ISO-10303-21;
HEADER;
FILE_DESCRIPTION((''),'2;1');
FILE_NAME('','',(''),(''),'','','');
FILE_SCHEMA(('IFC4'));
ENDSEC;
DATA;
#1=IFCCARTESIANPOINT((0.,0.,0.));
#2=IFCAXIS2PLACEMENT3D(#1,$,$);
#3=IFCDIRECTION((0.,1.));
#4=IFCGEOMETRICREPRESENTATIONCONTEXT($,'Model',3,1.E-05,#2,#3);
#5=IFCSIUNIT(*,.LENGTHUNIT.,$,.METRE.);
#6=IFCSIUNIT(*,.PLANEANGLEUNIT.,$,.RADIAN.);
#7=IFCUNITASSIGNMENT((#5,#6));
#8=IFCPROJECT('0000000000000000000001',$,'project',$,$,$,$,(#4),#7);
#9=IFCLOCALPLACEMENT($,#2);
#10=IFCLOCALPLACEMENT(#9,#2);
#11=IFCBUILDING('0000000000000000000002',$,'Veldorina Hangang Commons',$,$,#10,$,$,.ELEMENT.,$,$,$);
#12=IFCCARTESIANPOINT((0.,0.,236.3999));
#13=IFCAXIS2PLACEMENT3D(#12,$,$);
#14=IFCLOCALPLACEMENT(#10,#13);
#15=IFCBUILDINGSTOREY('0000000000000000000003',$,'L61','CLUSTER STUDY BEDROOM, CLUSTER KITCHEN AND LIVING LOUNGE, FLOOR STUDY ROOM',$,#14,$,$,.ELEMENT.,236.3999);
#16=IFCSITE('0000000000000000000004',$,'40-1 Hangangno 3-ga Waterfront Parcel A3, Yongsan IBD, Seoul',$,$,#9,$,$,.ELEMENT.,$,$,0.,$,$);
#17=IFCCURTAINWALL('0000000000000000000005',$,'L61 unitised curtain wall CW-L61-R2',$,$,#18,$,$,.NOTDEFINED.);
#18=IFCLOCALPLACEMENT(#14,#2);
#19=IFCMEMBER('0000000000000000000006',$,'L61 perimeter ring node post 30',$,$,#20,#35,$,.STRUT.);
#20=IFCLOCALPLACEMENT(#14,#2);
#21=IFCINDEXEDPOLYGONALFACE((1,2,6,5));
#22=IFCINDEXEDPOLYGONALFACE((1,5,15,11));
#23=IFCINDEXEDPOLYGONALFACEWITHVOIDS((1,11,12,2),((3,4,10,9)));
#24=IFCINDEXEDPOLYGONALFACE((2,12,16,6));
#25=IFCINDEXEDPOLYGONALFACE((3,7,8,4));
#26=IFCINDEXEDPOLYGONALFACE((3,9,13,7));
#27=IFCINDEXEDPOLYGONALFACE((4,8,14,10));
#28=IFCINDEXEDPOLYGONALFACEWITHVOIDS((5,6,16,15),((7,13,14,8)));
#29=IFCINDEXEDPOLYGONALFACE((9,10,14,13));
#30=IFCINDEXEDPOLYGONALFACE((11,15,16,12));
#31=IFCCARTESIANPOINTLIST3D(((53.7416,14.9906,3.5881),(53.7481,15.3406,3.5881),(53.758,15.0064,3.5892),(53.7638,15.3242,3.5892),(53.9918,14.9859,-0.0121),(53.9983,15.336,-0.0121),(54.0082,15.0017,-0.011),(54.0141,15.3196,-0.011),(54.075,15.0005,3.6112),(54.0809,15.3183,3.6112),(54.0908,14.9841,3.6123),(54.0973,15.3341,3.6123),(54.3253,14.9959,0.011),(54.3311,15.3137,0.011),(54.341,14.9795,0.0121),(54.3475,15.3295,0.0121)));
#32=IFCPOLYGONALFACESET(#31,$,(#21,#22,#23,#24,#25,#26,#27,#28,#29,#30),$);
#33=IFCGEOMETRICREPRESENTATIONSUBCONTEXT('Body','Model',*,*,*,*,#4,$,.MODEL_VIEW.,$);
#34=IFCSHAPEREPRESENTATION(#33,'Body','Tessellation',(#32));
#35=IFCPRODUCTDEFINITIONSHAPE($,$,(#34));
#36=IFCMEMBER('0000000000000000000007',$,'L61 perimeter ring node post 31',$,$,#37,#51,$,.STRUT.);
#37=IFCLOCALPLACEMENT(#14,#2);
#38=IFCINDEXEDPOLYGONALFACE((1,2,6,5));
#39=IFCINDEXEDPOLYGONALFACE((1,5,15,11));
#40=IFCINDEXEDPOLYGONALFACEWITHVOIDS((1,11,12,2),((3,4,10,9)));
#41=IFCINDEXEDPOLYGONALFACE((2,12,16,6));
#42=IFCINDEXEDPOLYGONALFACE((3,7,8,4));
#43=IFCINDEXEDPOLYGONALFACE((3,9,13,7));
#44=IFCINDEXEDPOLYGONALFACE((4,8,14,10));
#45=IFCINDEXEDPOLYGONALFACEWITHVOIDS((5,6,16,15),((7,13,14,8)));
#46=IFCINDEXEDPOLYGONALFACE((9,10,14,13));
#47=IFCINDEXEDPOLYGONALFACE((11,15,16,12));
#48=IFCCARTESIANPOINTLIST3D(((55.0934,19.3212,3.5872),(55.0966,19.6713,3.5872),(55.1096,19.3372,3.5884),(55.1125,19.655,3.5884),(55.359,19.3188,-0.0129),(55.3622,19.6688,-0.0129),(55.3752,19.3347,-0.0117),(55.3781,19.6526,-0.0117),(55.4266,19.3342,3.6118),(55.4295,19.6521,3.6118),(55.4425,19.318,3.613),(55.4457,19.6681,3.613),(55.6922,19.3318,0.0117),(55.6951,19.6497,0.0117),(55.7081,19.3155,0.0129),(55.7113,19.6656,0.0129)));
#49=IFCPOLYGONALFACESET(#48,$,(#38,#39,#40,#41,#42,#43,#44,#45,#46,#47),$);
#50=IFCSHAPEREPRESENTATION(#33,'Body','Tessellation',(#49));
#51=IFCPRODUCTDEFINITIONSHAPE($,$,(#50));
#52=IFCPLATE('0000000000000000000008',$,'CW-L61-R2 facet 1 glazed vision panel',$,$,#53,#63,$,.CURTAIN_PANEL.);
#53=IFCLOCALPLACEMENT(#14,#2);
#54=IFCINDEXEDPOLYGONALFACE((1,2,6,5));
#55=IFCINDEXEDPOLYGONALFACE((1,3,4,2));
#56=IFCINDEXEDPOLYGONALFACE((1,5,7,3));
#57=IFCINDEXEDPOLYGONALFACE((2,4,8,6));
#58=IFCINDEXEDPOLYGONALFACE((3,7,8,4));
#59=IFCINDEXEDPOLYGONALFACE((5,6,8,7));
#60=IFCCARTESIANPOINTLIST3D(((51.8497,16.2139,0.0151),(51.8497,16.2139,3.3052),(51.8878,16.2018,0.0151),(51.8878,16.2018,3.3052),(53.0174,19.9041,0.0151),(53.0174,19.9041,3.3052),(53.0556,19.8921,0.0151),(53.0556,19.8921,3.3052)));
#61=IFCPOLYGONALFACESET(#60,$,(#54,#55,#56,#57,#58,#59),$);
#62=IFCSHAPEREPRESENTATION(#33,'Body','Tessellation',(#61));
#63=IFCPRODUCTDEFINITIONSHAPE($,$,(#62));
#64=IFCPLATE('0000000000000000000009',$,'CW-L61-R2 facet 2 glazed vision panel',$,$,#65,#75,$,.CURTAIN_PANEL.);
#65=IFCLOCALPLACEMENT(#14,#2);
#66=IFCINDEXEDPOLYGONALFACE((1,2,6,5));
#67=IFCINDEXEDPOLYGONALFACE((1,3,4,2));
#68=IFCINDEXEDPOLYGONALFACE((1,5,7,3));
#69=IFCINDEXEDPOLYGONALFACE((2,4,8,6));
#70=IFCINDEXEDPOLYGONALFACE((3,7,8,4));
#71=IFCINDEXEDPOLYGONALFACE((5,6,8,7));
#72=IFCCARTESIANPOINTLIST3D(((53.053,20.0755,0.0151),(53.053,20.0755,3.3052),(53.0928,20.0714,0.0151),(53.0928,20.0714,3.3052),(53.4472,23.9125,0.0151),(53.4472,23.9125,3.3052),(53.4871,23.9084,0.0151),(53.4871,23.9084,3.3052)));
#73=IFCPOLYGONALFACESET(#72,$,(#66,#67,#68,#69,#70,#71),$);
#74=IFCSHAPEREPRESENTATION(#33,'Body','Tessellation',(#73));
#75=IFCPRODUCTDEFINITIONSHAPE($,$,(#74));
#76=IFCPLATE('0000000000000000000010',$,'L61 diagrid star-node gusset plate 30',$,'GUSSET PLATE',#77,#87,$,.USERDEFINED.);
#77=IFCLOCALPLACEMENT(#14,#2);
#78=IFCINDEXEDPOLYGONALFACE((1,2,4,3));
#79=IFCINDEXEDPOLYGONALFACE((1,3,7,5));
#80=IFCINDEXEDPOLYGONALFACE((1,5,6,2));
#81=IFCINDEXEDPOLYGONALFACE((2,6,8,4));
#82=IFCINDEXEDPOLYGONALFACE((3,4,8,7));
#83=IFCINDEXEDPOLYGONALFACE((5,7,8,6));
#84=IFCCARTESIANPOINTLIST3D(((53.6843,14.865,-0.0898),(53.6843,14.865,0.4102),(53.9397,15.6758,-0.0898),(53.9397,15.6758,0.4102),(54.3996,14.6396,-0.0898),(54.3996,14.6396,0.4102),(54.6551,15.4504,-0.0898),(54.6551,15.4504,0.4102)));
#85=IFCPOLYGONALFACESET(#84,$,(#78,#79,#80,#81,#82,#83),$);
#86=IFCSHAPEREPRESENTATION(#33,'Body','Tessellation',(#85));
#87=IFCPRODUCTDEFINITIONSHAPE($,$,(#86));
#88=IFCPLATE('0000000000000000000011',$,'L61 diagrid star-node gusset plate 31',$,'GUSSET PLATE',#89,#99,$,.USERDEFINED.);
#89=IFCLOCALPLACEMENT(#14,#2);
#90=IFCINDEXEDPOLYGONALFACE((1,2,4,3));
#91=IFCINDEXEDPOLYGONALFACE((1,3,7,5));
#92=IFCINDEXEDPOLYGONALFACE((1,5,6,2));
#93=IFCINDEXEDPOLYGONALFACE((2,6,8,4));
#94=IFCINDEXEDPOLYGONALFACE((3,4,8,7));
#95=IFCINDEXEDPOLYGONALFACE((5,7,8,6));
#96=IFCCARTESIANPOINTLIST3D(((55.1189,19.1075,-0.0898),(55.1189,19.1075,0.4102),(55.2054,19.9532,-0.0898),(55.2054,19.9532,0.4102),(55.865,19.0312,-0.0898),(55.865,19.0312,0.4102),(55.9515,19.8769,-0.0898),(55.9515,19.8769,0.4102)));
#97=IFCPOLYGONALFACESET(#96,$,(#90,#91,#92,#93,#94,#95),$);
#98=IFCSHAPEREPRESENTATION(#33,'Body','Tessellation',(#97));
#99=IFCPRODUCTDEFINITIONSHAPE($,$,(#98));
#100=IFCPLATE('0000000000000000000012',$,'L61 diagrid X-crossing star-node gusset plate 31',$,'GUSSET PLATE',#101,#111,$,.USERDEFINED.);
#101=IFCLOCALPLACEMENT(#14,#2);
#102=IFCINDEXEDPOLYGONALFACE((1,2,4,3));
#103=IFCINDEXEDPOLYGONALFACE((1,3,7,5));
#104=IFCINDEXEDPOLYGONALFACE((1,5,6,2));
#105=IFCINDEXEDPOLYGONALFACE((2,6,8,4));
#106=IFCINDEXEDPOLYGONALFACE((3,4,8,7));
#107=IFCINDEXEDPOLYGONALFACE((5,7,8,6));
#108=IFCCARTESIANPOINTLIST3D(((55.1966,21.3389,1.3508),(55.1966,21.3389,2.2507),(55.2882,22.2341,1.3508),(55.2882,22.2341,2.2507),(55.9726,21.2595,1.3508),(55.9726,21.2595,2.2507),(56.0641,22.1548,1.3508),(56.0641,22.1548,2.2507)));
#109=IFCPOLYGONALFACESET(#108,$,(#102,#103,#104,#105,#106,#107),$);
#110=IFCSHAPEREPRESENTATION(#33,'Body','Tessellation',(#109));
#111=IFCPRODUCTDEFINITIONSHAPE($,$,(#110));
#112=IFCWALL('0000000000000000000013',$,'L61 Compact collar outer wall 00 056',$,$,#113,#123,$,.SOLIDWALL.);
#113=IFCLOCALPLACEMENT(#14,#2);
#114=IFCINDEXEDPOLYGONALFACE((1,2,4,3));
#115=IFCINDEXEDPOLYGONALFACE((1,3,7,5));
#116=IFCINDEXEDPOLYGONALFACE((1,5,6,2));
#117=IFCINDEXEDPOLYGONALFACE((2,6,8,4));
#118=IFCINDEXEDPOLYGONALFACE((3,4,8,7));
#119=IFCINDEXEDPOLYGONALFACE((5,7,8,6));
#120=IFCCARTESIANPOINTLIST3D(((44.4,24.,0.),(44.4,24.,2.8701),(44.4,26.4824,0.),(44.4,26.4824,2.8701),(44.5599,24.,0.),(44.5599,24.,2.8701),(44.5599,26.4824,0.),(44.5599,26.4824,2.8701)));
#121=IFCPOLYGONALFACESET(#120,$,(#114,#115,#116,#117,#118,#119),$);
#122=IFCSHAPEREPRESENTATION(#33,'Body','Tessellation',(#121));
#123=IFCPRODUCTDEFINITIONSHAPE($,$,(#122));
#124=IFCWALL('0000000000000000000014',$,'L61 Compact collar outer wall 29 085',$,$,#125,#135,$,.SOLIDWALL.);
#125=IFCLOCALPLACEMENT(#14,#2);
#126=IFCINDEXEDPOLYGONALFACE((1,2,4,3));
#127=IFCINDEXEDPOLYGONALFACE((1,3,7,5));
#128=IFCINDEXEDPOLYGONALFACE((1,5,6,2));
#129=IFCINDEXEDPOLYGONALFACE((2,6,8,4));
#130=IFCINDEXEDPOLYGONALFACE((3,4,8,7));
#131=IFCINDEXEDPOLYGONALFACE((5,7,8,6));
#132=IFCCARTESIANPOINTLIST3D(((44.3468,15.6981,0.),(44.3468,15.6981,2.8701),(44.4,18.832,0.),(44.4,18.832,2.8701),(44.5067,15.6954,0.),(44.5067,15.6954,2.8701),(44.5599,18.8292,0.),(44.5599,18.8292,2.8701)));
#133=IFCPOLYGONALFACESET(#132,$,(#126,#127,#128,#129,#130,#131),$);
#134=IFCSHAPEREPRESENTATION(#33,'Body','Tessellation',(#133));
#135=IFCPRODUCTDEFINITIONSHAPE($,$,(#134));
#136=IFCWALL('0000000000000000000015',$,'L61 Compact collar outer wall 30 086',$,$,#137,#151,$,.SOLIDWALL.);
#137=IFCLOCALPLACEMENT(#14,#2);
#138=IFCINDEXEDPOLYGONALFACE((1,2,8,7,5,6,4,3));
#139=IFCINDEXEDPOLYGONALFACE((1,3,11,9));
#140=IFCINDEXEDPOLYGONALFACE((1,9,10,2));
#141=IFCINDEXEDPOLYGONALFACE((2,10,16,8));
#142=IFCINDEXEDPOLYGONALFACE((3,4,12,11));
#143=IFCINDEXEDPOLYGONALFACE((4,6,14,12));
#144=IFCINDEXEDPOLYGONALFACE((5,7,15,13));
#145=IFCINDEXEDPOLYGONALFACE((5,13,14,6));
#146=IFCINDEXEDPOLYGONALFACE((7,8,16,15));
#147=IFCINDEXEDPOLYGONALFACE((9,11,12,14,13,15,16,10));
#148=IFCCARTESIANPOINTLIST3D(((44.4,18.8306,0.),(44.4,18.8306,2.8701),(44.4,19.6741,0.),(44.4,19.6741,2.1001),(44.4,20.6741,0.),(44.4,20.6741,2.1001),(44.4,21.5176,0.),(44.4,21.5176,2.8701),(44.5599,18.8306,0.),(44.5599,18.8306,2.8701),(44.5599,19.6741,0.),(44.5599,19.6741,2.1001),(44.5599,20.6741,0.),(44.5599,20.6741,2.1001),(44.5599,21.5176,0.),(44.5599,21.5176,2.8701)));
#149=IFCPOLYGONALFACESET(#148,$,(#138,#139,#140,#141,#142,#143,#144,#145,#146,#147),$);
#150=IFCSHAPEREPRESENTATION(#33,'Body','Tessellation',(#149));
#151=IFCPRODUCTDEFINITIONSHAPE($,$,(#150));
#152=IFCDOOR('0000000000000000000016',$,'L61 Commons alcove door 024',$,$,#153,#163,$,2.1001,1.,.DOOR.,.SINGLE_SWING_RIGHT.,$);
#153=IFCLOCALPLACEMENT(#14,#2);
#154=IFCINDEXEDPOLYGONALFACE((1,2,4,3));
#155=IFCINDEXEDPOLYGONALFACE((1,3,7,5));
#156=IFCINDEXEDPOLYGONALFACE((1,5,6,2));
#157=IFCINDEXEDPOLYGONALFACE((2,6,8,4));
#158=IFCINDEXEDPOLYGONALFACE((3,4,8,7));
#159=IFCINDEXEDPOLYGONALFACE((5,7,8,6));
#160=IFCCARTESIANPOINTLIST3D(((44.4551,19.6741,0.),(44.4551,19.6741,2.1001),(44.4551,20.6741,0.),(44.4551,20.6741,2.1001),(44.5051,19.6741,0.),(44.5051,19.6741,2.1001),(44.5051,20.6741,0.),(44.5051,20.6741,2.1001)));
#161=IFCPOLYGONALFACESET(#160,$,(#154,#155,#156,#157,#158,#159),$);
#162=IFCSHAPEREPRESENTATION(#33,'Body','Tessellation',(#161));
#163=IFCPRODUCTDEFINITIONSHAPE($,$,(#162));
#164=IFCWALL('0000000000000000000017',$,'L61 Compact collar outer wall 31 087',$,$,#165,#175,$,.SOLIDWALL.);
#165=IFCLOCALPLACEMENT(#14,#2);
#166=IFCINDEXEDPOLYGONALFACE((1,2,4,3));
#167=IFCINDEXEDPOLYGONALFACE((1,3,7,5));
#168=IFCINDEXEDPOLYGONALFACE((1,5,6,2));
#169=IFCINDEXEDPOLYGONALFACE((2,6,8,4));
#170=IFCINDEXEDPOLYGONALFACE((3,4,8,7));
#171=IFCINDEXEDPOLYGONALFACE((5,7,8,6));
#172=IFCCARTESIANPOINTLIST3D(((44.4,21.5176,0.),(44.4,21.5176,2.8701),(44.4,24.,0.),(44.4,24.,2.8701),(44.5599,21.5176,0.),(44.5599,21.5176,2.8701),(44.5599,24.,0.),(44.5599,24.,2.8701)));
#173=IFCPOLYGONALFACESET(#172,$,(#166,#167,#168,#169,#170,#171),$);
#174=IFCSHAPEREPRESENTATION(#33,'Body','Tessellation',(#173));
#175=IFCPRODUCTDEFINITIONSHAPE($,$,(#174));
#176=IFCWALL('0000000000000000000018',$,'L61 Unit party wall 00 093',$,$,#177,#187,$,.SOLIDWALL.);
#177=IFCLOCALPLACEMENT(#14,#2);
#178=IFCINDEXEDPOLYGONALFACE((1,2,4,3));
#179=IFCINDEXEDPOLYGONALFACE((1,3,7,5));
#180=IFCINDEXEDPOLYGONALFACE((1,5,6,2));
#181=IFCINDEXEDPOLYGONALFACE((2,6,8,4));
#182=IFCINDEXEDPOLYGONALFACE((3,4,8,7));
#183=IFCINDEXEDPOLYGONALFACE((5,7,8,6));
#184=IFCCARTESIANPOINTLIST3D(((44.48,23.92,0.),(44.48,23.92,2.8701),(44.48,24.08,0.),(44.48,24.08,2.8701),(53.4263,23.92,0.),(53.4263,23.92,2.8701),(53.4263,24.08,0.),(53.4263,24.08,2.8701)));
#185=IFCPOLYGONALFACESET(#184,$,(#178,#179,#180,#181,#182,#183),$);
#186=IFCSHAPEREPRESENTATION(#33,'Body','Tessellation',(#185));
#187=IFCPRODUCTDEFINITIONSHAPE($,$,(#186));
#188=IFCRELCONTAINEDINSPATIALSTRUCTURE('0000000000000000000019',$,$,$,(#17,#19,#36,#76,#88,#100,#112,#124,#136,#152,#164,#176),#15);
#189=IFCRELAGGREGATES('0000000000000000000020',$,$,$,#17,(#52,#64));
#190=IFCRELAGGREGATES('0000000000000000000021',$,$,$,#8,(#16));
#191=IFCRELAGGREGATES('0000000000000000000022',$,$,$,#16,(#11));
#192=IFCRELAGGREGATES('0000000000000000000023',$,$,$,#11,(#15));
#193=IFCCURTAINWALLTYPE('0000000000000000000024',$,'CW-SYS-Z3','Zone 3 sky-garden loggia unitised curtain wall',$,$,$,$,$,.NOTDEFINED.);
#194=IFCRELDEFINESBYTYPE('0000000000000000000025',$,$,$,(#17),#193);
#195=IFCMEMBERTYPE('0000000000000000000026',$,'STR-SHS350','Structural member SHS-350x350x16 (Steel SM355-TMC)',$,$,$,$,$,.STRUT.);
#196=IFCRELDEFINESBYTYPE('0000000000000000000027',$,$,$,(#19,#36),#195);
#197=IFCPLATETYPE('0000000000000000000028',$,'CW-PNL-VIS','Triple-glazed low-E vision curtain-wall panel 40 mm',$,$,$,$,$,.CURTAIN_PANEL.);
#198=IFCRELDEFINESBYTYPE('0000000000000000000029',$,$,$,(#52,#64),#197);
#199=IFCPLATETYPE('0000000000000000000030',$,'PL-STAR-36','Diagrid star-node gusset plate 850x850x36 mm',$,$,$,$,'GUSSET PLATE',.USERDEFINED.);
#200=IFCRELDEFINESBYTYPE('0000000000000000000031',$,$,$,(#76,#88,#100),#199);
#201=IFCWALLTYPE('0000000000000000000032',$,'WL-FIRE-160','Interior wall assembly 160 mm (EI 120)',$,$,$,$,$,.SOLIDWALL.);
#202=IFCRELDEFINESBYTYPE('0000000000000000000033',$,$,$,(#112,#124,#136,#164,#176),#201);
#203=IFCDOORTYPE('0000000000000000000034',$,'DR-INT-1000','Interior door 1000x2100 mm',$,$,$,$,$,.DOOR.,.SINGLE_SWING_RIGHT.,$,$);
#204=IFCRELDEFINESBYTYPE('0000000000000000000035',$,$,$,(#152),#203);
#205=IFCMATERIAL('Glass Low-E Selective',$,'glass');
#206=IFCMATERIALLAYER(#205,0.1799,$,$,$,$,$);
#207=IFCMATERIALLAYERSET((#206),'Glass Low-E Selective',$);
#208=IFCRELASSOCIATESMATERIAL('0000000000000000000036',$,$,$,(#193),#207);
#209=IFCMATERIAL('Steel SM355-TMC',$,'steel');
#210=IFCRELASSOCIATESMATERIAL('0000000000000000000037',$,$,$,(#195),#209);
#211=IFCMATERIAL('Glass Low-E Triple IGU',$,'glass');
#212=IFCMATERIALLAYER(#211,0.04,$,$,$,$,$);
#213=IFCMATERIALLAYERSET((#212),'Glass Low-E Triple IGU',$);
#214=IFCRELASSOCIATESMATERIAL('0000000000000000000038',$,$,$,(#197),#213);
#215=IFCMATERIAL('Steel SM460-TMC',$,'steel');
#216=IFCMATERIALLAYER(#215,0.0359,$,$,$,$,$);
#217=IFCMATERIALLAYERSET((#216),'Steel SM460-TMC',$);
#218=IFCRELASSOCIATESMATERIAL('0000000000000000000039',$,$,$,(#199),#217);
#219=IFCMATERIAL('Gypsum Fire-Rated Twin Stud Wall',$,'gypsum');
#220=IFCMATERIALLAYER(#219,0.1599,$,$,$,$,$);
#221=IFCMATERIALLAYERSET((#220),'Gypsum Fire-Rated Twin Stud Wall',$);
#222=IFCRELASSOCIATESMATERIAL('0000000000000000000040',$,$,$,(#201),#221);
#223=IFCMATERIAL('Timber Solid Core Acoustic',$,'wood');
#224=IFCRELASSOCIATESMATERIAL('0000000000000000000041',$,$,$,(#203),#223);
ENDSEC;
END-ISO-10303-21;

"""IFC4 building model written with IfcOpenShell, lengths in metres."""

from ifc_helpers import new_model, si_unit, direction, frame, frame_2d, origin, origin_2d, place, context, subcontext, project, spatial, rectangle, hollow_rectangle, extrude, material, layer, layer_set, material_profile, profile_set, type_object, element, fill, aggregate, save


model = new_model("IFC4")

# Units and contexts
model_context = context("Model", 3, precision=1e-05, world=origin(), true_north=direction((0.0, 1.0)))
body_context = subcontext(model_context, "Body", "Model", "MODEL_VIEW")
ifc_project = project(units=[si_unit("LENGTHUNIT", "METRE"), si_unit("PLANEANGLEUNIT", "RADIAN")], contexts=[model_context])

# Site, building, storey
site_placement = place(None, origin())
site = spatial("IfcSite", under=ifc_project, at=site_placement, Name="40-1 Hangangno 3-ga Waterfront Parcel A3, Yongsan IBD, Seoul", CompositionType="ELEMENT", RefElevation=0.0)
building_placement = place(site_placement, origin())
building = spatial("IfcBuilding", under=site, at=building_placement, Name="Veldorina Hangang Commons", CompositionType="ELEMENT")
storey_placement = place(building_placement, frame((0.0, 0.0, 236.3999)))
storey = spatial("IfcBuildingStorey", under=building, at=storey_placement, Name="L61", Description="CLUSTER STUDY BEDROOM, CLUSTER KITCHEN AND LIVING LOUNGE, FLOOR STUDY ROOM", CompositionType="ELEMENT", Elevation=236.3999)

# Shared definitions
ifc_material_1 = material(Name="Steel SM355-TMC", Category="steel")

# Curtain wall
ifc_material_2 = material(Name="Glass Low-E Selective", Category="glass")
ifc_layer_1 = layer(ifc_material_2, 0.1799)
ifc_layer_set_1 = layer_set([ifc_layer_1], Name="Glass Low-E Selective")
curtain_wall_type = type_object("IfcCurtainWallType", Name="CW-SYS-Z3", Description="Zone 3 sky-garden loggia unitised curtain wall", PredefinedType="NOTDEFINED", material=ifc_layer_set_1)
curtain_wall_placement = place(storey_placement, origin())
curtain_wall = element("IfcCurtainWall", 1, at=curtain_wall_placement, inside=storey, type_object=curtain_wall_type, Name="L61 unitised curtain wall CW-L61-R2", PredefinedType="NOTDEFINED")

# Members
ifc_material_profile_1 = material_profile(ifc_material_1, hollow_rectangle(XDim=0.3501, YDim=0.3501, WallThickness=0.0161, at=origin_2d()), Name="SHS-350x350x16")
ifc_profile_set_1 = profile_set([ifc_material_profile_1], Name="Steel SM355-TMC")
member_type_1 = type_object("IfcMemberType", Name="STR-SHS350", Description="Structural member SHS-350x350x16 (Steel SM355-TMC)", PredefinedType="STRUT", material=ifc_profile_set_1)
member_1_placement = place(storey_placement, frame((54.1697, 15.1577, 0.0), z_axis=(-0.069343, 0.001285, 0.997592), x_axis=(-0.018533, -0.999828, 0.0)))
element("IfcMember", 2, at=member_1_placement, inside=storey, type_object=member_type_1, Name="L61 perimeter ring node post 30", PredefinedType="STRUT", context=body_context, shape_type="SweptSolid", body=[
    extrude(hollow_rectangle(XDim=0.3501, YDim=0.3501, WallThickness=0.0161, at=origin_2d()), origin(), (0.0, 0.0, 1.0), 3.6089),
])
member_2_placement = place(storey_placement, frame((55.5352, 19.4922, 0.0), z_axis=(-0.073583, 0.000676, 0.997289), x_axis=(-0.009191, -0.999958, 0.0)))
element("IfcMember", 3, at=member_2_placement, inside=storey, type_object=member_type_1, Name="L61 perimeter ring node post 31", PredefinedType="STRUT", context=body_context, shape_type="SweptSolid", body=[
    extrude(hollow_rectangle(XDim=0.3501, YDim=0.3501, WallThickness=0.0161, at=origin_2d()), origin(), (0.0, 0.0, 1.0), 3.6099),
])

# Plates
ifc_material_3 = material(Name="Glass Low-E Triple IGU", Category="glass")
ifc_layer_2 = layer(ifc_material_3, 0.04)
ifc_layer_set_2 = layer_set([ifc_layer_2], Name="Glass Low-E Triple IGU")
plate_type_1 = type_object("IfcPlateType", Name="CW-PNL-VIS", Description="Triple-glazed low-E vision curtain-wall panel 40 mm", PredefinedType="CURTAIN_PANEL", material=ifc_layer_set_2)
plate_1_placement = place(storey_placement, frame((52.4526, 18.053, 0.0151), z_axis=(0.0, 0.0, 1.0), x_axis=(0.301704, 0.953402, 0.0)))
plate_1 = element("IfcPlate", 4, at=plate_1_placement, type_object=plate_type_1, Name="CW-L61-R2 facet 1 glazed vision panel", PredefinedType="CURTAIN_PANEL", context=body_context, shape_type="SweptSolid", body=[
    extrude(rectangle(XDim=3.8706, YDim=0.04, at=origin_2d()), origin(), (0.0, 0.0, 1.0), 3.29),
])
plate_2_placement = place(storey_placement, frame((53.27, 21.9919, 0.0151), z_axis=(0.0, 0.0, 1.0), x_axis=(0.10222, 0.994762, 0.0)))
plate_2 = element("IfcPlate", 5, at=plate_2_placement, type_object=plate_type_1, Name="CW-L61-R2 facet 2 glazed vision panel", PredefinedType="CURTAIN_PANEL", context=body_context, shape_type="SweptSolid", body=[
    extrude(rectangle(XDim=3.8572, YDim=0.04, at=origin_2d()), origin(), (0.0, 0.0, 1.0), 3.29),
])
aggregate(curtain_wall, [plate_1, plate_2])

# Plates
ifc_material_4 = material(Name="Steel SM460-TMC", Category="steel")
ifc_layer_3 = layer(ifc_material_4, 0.0359)
ifc_layer_set_3 = layer_set([ifc_layer_3], Name="Steel SM460-TMC")
plate_type_2 = type_object("IfcPlateType", Name="PL-STAR-36", Description="Diagrid star-node gusset plate 850x850x36 mm", ElementType="GUSSET PLATE", PredefinedType="USERDEFINED", material=ifc_layer_set_3)
for number, where, z_axis, x_axis, name in (
    (6, (54.1697, 15.1577, -0.0898), (0.0, 0.0, 1.0), (0.300473, 0.95379, 0.0), "L61 diagrid star-node gusset plate 30"),
    (7, (55.5352, 19.4922, -0.0898), (0.0, 0.0, 1.0), (0.101751, 0.99481, 0.0), "L61 diagrid star-node gusset plate 31"),
):
    element("IfcPlate", number, at=place(storey_placement, frame(where, z_axis=z_axis, x_axis=x_axis)), inside=storey, type_object=plate_type_2, Name=name, ObjectType="GUSSET PLATE", PredefinedType="USERDEFINED", context=body_context, shape_type="SweptSolid", body=[
        extrude(rectangle(XDim=0.8501, YDim=0.75, at=origin_2d()), origin(), (0.0, 0.0, 1.0), 0.5),
    ])
plate_3_placement = place(storey_placement, frame((55.6304, 21.7468, 1.3508), z_axis=(0.0, 0.0, 1.0), x_axis=(0.101751, 0.99481, 0.0)))
element("IfcPlate", 8, at=plate_3_placement, inside=storey, type_object=plate_type_2, Name="L61 diagrid X-crossing star-node gusset plate 31", ObjectType="GUSSET PLATE", PredefinedType="USERDEFINED", context=body_context, shape_type="SweptSolid", body=[
    extrude(rectangle(XDim=0.8999, YDim=0.78, at=origin_2d()), origin(), (0.0, 0.0, 1.0), 0.8999),
])

# Walls
ifc_material_5 = material(Name="Gypsum Fire-Rated Twin Stud Wall", Category="gypsum")
ifc_layer_4 = layer(ifc_material_5, 0.1599)
ifc_layer_set_4 = layer_set([ifc_layer_4], Name="Gypsum Fire-Rated Twin Stud Wall")
wall_type_1 = type_object("IfcWallType", Name="WL-FIRE-160", Description="Interior wall assembly 160 mm (EI 120)", PredefinedType="SOLIDWALL", material=ifc_layer_set_4)
wall_1_placement = place(storey_placement, frame((44.48, 24.0, 0.0), z_axis=(0.0, 0.0, 1.0), x_axis=(0.0, 1.0, 0.0)))
element("IfcWall", 9, at=wall_1_placement, inside=storey, type_object=wall_type_1, Name="L61 Compact collar outer wall 00 056", PredefinedType="SOLIDWALL", context=body_context, shape_type="SweptSolid", body=[
    extrude(rectangle(XDim=2.4824, YDim=0.1599, at=frame_2d((1.2412, 0.0))), origin(), (0.0, 0.0, 1.0), 2.8701),
])
wall_2_placement = place(storey_placement, frame((44.4268, 15.6968, 0.0), z_axis=(0.0, 0.0, 1.0), x_axis=(0.016981, 0.999856, 0.0)))
element("IfcWall", 10, at=wall_2_placement, inside=storey, type_object=wall_type_1, Name="L61 Compact collar outer wall 29 085", PredefinedType="SOLIDWALL", context=body_context, shape_type="SweptSolid", body=[
    extrude(rectangle(XDim=3.1343, YDim=0.1599, at=frame_2d((1.5671, 0.0))), origin(), (0.0, 0.0, 1.0), 2.8701),
])

# Wall, opening, door
wall_3_placement = place(storey_placement, frame((44.48, 18.8306, 0.0), z_axis=(0.0, 0.0, 1.0), x_axis=(0.0, 1.0, 0.0)))
wall_3 = element("IfcWall", 11, at=wall_3_placement, inside=storey, type_object=wall_type_1, Name="L61 Compact collar outer wall 30 086", PredefinedType="SOLIDWALL", context=body_context, shape_type="SweptSolid", body=[
    extrude(rectangle(XDim=2.687, YDim=0.1599, at=frame_2d((1.3435, 0.0))), origin(), (0.0, 0.0, 1.0), 2.8701),
])
opening_placement = place(wall_3_placement, frame((0.8435, 0.0, 0.0)))
opening = element("IfcOpeningElement", 12, at=opening_placement, cuts=wall_3, PredefinedType="OPENING", context=body_context, shape_type="SweptSolid", body=[
    extrude(rectangle(XDim=1.0, YDim=2.1001, at=frame_2d((0.5, 1.05))), frame((0.0, 0.0898, 0.0), z_axis=(0.0, -1.0, 0.0), x_axis=(1.0, 0.0, 0.0)), (0.0, 0.0, 1.0), 0.1799),
])
ifc_material_6 = material(Name="Timber Solid Core Acoustic", Category="wood")
door_type = type_object("IfcDoorType", Name="DR-INT-1000", Description="Interior door 1000x2100 mm", OperationType="SINGLE_SWING_RIGHT", PredefinedType="DOOR", material=ifc_material_6)
door_placement = place(opening_placement, origin())
door = element("IfcDoor", 13, at=door_placement, inside=storey, type_object=door_type, Name="L61 Commons alcove door 024", OperationType="SINGLE_SWING_RIGHT", OverallHeight=2.1001, OverallWidth=1.0, PredefinedType="DOOR", context=body_context, shape_type="SweptSolid", body=[
    extrude(rectangle(XDim=1.0, YDim=2.1001, at=frame_2d((0.5, 1.05))), frame((0.0, 0.0249, 0.0), z_axis=(0.0, -1.0, 0.0), x_axis=(1.0, 0.0, 0.0)), (0.0, 0.0, 1.0), 0.05),
])
fill(opening, door)

# Walls
wall_4_placement = place(storey_placement, frame((44.48, 21.5176, 0.0), z_axis=(0.0, 0.0, 1.0), x_axis=(0.0, 1.0, 0.0)))
element("IfcWall", 14, at=wall_4_placement, inside=storey, type_object=wall_type_1, Name="L61 Compact collar outer wall 31 087", PredefinedType="SOLIDWALL", context=body_context, shape_type="SweptSolid", body=[
    extrude(rectangle(XDim=2.4824, YDim=0.1599, at=frame_2d((1.2412, 0.0))), origin(), (0.0, 0.0, 1.0), 2.8701),
])
wall_5_placement = place(storey_placement, frame((44.48, 24.0, 0.0), z_axis=(0.0, 0.0, 1.0), x_axis=(1.0, 0.0, 0.0)))
element("IfcWall", 15, at=wall_5_placement, inside=storey, type_object=wall_type_1, Name="L61 Unit party wall 00 093", PredefinedType="SOLIDWALL", context=body_context, shape_type="SweptSolid", body=[
    extrude(rectangle(XDim=8.9463, YDim=0.1599, at=frame_2d((4.4731, 0.0))), origin(), (0.0, 0.0, 1.0), 2.8701),
])

save(model, "model.ifc")
